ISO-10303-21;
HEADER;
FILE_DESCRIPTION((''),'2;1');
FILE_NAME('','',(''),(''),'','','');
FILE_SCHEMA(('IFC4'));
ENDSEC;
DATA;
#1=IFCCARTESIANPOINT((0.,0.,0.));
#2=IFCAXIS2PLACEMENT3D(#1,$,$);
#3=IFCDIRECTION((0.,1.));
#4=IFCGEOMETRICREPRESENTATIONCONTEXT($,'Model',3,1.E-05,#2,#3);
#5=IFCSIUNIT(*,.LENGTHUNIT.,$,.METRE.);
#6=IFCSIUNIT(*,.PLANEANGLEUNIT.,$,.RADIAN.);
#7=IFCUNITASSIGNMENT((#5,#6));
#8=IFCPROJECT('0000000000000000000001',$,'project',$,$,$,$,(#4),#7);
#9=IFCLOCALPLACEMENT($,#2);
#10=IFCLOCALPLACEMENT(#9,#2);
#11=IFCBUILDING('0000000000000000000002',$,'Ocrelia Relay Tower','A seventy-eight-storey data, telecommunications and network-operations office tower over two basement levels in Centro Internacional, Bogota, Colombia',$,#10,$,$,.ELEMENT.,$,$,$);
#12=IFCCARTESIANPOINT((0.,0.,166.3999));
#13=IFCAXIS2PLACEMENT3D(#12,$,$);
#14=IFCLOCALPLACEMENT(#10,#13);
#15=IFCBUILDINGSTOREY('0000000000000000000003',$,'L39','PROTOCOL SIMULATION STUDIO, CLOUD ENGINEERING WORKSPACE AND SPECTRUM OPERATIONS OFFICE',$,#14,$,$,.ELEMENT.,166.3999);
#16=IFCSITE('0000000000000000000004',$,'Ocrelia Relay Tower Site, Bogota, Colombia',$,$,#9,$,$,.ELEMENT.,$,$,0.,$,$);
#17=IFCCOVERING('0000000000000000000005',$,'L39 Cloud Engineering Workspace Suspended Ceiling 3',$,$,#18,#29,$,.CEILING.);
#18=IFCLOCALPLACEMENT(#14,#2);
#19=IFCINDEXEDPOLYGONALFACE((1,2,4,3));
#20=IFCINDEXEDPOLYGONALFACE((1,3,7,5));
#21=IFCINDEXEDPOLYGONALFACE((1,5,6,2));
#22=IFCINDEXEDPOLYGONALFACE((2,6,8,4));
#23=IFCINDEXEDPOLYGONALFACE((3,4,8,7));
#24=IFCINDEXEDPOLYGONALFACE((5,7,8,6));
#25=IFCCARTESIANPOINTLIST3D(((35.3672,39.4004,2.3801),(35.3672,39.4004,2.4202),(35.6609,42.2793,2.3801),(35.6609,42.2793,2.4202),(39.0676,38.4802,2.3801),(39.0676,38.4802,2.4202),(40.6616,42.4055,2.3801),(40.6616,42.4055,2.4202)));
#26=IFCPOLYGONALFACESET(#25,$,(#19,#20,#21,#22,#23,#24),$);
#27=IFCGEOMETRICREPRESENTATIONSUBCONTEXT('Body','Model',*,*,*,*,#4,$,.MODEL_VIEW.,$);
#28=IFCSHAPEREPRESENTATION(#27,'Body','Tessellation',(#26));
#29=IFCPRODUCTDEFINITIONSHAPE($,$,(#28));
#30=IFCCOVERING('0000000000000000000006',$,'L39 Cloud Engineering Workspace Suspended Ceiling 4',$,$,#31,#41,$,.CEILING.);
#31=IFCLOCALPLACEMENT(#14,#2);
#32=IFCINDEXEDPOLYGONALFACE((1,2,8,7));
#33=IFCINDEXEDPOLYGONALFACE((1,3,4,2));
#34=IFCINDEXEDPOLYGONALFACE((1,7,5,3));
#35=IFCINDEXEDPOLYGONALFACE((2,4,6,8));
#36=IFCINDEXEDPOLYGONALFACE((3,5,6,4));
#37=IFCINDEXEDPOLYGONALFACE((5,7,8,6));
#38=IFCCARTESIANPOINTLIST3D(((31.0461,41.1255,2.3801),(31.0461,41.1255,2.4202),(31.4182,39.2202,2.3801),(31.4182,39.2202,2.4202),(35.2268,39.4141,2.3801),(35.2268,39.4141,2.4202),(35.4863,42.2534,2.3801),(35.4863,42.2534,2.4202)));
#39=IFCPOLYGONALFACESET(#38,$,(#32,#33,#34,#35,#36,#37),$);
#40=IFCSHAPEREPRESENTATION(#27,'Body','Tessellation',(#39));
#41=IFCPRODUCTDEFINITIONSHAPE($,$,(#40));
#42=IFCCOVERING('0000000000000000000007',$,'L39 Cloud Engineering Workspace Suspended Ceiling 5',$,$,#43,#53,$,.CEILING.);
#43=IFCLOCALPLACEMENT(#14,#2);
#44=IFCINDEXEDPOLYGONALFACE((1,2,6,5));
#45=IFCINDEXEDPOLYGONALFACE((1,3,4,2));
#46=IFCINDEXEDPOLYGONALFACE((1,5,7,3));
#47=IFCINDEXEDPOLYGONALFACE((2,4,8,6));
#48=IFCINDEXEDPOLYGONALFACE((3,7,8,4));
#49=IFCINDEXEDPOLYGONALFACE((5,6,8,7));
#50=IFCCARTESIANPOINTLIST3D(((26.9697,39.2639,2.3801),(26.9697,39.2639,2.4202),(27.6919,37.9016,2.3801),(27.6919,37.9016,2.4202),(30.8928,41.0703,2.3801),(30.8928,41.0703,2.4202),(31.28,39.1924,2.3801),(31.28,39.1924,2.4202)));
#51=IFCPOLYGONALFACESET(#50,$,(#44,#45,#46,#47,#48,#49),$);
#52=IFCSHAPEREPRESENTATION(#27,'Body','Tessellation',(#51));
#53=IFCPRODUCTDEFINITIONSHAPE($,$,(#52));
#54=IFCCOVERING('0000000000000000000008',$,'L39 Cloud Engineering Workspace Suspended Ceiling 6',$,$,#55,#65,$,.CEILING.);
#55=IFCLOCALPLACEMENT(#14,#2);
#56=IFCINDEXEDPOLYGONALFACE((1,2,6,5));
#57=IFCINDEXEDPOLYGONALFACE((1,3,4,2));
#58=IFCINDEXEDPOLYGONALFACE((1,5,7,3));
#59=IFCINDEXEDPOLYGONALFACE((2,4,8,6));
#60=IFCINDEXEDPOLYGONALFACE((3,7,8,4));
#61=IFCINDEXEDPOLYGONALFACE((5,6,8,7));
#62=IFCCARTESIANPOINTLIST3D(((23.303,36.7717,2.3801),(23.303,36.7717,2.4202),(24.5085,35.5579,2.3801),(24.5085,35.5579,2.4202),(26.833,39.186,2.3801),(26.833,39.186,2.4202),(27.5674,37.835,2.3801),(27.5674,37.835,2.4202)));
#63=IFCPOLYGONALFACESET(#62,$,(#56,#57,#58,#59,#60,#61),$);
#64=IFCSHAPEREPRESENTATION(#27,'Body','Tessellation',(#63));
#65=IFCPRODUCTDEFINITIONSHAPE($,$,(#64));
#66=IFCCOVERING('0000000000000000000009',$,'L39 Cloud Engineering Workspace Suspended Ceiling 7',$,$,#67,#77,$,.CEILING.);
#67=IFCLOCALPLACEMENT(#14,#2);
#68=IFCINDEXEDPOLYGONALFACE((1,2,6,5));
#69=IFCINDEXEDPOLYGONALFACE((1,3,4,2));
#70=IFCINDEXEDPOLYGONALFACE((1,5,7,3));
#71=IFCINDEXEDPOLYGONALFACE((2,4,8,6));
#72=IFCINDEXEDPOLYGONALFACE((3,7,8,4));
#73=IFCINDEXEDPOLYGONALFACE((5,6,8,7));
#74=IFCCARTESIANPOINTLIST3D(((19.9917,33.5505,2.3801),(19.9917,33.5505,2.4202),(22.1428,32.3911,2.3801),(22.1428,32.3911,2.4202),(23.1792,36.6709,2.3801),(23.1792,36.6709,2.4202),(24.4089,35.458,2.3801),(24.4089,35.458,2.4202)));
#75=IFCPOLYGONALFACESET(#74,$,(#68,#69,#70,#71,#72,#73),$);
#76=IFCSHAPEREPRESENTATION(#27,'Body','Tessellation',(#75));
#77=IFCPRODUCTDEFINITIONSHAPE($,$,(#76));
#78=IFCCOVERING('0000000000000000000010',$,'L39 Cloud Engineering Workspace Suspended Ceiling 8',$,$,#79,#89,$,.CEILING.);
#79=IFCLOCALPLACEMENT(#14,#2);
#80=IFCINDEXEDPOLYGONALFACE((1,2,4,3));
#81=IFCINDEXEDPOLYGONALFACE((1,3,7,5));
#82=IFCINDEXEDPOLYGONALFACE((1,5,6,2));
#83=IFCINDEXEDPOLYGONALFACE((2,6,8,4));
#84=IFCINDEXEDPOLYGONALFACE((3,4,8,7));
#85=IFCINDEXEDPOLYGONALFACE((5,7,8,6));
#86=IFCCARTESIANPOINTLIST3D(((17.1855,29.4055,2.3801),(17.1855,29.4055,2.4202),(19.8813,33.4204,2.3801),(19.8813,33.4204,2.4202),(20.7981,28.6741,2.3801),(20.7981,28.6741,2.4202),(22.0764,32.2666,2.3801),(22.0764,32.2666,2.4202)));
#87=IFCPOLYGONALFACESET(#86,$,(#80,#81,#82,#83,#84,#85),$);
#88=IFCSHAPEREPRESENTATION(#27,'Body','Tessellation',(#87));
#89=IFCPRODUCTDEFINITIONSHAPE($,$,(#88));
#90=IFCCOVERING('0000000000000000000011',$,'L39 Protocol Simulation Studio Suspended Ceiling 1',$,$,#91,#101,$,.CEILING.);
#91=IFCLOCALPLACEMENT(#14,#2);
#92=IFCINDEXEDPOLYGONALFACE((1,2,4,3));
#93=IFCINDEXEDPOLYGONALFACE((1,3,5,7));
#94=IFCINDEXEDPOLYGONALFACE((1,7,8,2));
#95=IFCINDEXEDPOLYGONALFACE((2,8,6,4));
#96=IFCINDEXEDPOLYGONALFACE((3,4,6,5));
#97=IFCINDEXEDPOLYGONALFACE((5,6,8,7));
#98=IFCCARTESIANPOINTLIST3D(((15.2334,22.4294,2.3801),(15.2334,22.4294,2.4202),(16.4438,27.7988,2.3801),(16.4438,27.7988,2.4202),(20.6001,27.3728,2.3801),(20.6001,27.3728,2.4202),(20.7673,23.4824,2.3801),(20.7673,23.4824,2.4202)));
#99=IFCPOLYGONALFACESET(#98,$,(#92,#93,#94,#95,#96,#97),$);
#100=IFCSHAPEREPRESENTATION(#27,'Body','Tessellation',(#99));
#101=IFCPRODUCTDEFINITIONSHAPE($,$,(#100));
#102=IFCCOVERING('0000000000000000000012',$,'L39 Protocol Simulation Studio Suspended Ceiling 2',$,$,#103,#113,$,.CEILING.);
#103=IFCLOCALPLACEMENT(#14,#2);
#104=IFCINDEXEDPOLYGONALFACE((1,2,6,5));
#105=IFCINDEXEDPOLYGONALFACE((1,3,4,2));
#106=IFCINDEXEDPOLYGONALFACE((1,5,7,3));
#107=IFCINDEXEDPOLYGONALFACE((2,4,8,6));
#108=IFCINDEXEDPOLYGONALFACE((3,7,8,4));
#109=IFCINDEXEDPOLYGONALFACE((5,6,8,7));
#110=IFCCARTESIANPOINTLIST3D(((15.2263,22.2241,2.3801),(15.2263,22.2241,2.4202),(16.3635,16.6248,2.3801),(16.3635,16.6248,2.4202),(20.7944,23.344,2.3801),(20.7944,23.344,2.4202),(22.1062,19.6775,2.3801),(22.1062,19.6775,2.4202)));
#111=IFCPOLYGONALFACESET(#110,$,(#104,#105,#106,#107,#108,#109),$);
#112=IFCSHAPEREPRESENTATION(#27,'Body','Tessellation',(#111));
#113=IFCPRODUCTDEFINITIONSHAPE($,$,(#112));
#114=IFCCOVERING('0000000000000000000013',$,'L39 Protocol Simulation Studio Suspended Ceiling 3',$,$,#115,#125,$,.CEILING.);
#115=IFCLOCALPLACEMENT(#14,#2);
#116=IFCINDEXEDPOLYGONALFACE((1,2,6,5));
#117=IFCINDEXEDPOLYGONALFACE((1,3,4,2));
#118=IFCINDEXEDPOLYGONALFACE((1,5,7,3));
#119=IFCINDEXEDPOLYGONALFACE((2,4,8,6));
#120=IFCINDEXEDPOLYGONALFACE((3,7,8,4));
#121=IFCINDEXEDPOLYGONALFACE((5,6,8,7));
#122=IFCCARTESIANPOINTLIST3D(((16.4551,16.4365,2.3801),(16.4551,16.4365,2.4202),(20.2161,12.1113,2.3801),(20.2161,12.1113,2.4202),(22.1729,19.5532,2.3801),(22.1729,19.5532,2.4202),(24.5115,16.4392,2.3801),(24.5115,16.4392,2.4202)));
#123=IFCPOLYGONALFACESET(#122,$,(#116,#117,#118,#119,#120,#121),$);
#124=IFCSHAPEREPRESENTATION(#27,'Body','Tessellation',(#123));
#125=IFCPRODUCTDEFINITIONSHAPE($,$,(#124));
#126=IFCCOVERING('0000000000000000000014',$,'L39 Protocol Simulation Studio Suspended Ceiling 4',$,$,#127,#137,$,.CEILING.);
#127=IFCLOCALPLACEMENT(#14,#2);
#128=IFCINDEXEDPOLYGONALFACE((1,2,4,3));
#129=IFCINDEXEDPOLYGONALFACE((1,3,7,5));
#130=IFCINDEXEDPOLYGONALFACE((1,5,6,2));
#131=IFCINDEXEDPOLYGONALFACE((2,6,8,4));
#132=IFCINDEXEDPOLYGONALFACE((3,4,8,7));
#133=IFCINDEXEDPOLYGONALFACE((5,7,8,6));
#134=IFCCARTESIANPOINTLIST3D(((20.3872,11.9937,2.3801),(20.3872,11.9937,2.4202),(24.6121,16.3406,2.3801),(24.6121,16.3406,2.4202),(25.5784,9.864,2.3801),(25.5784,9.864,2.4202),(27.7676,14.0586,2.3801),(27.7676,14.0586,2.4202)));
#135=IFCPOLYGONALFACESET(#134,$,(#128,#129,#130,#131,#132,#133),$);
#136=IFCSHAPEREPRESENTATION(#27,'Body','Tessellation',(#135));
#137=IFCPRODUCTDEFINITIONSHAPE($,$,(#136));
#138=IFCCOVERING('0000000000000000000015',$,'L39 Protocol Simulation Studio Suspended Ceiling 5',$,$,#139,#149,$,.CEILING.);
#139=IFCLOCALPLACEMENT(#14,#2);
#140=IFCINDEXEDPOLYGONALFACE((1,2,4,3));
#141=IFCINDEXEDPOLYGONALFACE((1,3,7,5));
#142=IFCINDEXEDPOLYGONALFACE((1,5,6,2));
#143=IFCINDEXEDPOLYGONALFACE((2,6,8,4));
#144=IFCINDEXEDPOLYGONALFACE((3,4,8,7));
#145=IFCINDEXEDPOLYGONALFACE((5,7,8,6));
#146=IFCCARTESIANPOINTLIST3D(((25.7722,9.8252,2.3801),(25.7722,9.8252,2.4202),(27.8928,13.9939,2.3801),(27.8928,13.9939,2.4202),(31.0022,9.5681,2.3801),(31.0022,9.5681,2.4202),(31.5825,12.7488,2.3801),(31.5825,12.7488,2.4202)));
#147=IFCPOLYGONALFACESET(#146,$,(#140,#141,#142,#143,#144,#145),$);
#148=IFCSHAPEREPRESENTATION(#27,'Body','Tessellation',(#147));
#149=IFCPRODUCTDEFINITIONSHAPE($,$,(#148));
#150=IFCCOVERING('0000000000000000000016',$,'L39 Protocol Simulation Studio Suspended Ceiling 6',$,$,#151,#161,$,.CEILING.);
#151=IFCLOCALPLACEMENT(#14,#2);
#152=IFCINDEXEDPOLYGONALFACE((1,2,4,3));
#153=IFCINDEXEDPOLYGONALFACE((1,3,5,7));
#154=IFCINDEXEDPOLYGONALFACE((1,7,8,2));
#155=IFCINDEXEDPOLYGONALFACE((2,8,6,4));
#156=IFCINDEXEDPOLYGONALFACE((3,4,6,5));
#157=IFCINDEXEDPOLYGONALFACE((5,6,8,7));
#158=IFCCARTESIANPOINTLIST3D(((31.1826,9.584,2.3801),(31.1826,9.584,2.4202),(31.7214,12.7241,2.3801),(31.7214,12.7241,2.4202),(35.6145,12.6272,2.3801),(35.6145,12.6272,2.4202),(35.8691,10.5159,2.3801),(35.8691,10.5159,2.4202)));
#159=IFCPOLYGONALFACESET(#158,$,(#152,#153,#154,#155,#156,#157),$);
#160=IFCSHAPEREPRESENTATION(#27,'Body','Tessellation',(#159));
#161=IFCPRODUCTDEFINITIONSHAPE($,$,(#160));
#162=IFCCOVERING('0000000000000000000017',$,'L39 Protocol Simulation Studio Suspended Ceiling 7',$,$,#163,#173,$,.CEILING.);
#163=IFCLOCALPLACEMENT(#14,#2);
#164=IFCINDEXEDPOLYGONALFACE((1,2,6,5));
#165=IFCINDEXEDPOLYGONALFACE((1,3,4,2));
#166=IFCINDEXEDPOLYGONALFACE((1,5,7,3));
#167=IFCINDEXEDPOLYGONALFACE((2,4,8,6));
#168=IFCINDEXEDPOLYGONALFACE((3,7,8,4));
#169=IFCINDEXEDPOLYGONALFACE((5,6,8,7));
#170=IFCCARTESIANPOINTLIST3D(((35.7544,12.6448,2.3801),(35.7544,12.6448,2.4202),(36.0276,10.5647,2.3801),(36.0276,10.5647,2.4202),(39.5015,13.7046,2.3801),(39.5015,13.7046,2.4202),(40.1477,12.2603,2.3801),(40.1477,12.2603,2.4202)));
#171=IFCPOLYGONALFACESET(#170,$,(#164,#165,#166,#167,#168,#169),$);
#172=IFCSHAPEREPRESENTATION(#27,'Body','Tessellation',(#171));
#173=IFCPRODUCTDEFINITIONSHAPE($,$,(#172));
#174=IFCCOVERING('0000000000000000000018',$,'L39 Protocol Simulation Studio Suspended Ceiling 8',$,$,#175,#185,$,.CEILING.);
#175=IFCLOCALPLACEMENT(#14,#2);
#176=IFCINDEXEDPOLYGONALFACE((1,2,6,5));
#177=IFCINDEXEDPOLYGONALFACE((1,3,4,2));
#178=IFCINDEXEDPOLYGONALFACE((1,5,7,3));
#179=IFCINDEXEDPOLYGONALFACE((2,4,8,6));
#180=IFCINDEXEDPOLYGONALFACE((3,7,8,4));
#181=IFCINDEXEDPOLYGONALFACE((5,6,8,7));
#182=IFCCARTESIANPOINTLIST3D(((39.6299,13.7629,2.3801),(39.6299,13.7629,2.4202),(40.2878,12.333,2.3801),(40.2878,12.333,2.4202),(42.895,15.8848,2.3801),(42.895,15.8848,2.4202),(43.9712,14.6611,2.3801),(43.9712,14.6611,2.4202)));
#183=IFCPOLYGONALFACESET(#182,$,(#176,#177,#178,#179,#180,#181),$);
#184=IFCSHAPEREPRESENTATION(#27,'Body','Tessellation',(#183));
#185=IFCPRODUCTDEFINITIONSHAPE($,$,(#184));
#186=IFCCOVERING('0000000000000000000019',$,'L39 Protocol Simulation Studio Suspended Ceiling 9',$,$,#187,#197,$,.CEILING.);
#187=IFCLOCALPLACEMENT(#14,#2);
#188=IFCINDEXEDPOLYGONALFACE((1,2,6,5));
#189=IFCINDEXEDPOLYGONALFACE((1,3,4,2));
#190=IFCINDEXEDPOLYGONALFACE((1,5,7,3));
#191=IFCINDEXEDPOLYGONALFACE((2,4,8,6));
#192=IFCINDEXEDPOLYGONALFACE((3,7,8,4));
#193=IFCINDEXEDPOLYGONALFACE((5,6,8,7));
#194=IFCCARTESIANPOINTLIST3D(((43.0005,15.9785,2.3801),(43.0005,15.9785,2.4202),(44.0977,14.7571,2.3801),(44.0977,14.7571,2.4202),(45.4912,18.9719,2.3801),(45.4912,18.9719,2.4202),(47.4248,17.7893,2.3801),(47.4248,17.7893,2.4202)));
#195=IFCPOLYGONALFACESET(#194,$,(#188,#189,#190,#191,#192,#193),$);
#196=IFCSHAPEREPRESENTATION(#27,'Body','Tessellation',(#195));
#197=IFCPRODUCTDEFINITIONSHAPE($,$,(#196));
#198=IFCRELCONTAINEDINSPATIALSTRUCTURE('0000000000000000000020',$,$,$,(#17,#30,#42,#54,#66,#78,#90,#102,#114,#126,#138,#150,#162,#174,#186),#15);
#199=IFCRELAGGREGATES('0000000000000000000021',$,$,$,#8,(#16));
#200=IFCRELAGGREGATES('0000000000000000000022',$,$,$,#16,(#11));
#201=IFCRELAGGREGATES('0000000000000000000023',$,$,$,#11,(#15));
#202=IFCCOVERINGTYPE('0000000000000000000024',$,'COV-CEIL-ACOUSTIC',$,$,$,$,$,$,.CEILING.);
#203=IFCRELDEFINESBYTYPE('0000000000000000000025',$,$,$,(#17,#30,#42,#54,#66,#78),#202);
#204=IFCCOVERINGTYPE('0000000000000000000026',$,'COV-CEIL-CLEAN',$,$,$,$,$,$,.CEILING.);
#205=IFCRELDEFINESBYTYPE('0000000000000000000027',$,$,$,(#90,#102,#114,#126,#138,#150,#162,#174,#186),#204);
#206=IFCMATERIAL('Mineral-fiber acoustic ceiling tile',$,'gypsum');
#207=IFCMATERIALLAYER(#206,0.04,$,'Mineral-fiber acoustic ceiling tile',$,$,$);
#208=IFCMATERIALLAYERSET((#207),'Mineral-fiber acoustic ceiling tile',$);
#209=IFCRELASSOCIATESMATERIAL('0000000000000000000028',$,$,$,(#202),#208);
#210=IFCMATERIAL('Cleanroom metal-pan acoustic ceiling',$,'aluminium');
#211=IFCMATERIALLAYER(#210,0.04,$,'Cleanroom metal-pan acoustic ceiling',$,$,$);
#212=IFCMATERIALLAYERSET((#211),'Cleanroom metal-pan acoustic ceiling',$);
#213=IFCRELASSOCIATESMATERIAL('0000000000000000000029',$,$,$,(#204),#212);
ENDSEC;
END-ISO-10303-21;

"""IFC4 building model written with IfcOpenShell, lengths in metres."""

from ifc_helpers import new_model, si_unit, direction, frame, origin, place, context, subcontext, project, spatial, polyline, outline, extrude, material, layer, layer_set, type_object, element, save


model = new_model("IFC4")

# Units and contexts
model_context = context("Model", 3, precision=1e-05, world=origin(), true_north=direction((0.0, 1.0)))
body_context = subcontext(model_context, "Body", "Model", "MODEL_VIEW")
ifc_project = project(units=[si_unit("LENGTHUNIT", "METRE"), si_unit("PLANEANGLEUNIT", "RADIAN")], contexts=[model_context])

# Site, building, storey
site_placement = place(None, origin())
site = spatial("IfcSite", under=ifc_project, at=site_placement, Name="Ocrelia Relay Tower Site, Bogota, Colombia", CompositionType="ELEMENT", RefElevation=0.0)
building_placement = place(site_placement, origin())
building = spatial("IfcBuilding", under=site, at=building_placement, Name="Ocrelia Relay Tower", Description="A seventy-eight-storey data, telecommunications and network-operations office tower over two basement levels in Centro Internacional, Bogota, Colombia", CompositionType="ELEMENT")
storey_placement = place(building_placement, frame((0.0, 0.0, 166.3999)))
storey = spatial("IfcBuildingStorey", under=building, at=storey_placement, Name="L39", Description="PROTOCOL SIMULATION STUDIO, CLOUD ENGINEERING WORKSPACE AND SPECTRUM OPERATIONS OFFICE", CompositionType="ELEMENT", Elevation=166.3999)

# Coverings
ifc_material_1 = material(Name="Mineral-fiber acoustic ceiling tile", Category="gypsum")
ifc_layer_1 = layer(ifc_material_1, 0.04, Name="Mineral-fiber acoustic ceiling tile")
ifc_layer_set_1 = layer_set([ifc_layer_1], Name="Mineral-fiber acoustic ceiling tile")
covering_type_1 = type_object("IfcCoveringType", Name="COV-CEIL-ACOUSTIC", PredefinedType="CEILING", material=ifc_layer_set_1)
covering_1_placement = place(storey_placement, frame((0.0, 0.0, 2.3801)))
element("IfcCovering", 1, at=covering_1_placement, inside=storey, type_object=covering_type_1, Name="L39 Cloud Engineering Workspace Suspended Ceiling 3", PredefinedType="CEILING", context=body_context, shape_type="SweptSolid", body=[
    extrude(outline(polyline([(39.0676, 38.4802), (40.6616, 42.4055), (35.6609, 42.2793), (35.3672, 39.4004), (39.0676, 38.4802)])), origin(), (0.0, 0.0, 1.0), 0.04),
])
covering_2_placement = place(storey_placement, frame((0.0, 0.0, 2.3801)))
element("IfcCovering", 2, at=covering_2_placement, inside=storey, type_object=covering_type_1, Name="L39 Cloud Engineering Workspace Suspended Ceiling 4", PredefinedType="CEILING", context=body_context, shape_type="SweptSolid", body=[
    extrude(outline(polyline([(35.2268, 39.4141), (35.4863, 42.2534), (31.0461, 41.1255), (31.4182, 39.2202), (35.2268, 39.4141)])), origin(), (0.0, 0.0, 1.0), 0.04),
])
covering_3_placement = place(storey_placement, frame((0.0, 0.0, 2.3801)))
element("IfcCovering", 3, at=covering_3_placement, inside=storey, type_object=covering_type_1, Name="L39 Cloud Engineering Workspace Suspended Ceiling 5", PredefinedType="CEILING", context=body_context, shape_type="SweptSolid", body=[
    extrude(outline(polyline([(31.28, 39.1924), (30.8928, 41.0703), (26.9697, 39.2639), (27.6919, 37.9016), (31.28, 39.1924)])), origin(), (0.0, 0.0, 1.0), 0.04),
])
covering_4_placement = place(storey_placement, frame((0.0, 0.0, 2.3801)))
element("IfcCovering", 4, at=covering_4_placement, inside=storey, type_object=covering_type_1, Name="L39 Cloud Engineering Workspace Suspended Ceiling 6", PredefinedType="CEILING", context=body_context, shape_type="SweptSolid", body=[
    extrude(outline(polyline([(27.5674, 37.835), (26.833, 39.186), (23.303, 36.7717), (24.5085, 35.5579), (27.5674, 37.835)])), origin(), (0.0, 0.0, 1.0), 0.04),
])
covering_5_placement = place(storey_placement, frame((0.0, 0.0, 2.3801)))
element("IfcCovering", 5, at=covering_5_placement, inside=storey, type_object=covering_type_1, Name="L39 Cloud Engineering Workspace Suspended Ceiling 7", PredefinedType="CEILING", context=body_context, shape_type="SweptSolid", body=[
    extrude(outline(polyline([(24.4089, 35.458), (23.1792, 36.6709), (19.9917, 33.5505), (22.1428, 32.3911), (24.4089, 35.458)])), origin(), (0.0, 0.0, 1.0), 0.04),
])
covering_6_placement = place(storey_placement, frame((0.0, 0.0, 2.3801)))
element("IfcCovering", 6, at=covering_6_placement, inside=storey, type_object=covering_type_1, Name="L39 Cloud Engineering Workspace Suspended Ceiling 8", PredefinedType="CEILING", context=body_context, shape_type="SweptSolid", body=[
    extrude(outline(polyline([(22.0764, 32.2666), (19.8813, 33.4204), (17.1855, 29.4055), (20.7981, 28.6741), (22.0764, 32.2666)])), origin(), (0.0, 0.0, 1.0), 0.04),
])
ifc_material_2 = material(Name="Cleanroom metal-pan acoustic ceiling", Category="aluminium")
ifc_layer_2 = layer(ifc_material_2, 0.04, Name="Cleanroom metal-pan acoustic ceiling")
ifc_layer_set_2 = layer_set([ifc_layer_2], Name="Cleanroom metal-pan acoustic ceiling")
covering_type_2 = type_object("IfcCoveringType", Name="COV-CEIL-CLEAN", PredefinedType="CEILING", material=ifc_layer_set_2)
covering_7_placement = place(storey_placement, frame((0.0, 0.0, 2.3801)))
element("IfcCovering", 7, at=covering_7_placement, inside=storey, type_object=covering_type_2, Name="L39 Protocol Simulation Studio Suspended Ceiling 1", PredefinedType="CEILING", context=body_context, shape_type="SweptSolid", body=[
    extrude(outline(polyline([(20.6001, 27.3728), (16.4438, 27.7988), (15.2334, 22.4294), (20.7673, 23.4824), (20.6001, 27.3728)])), origin(), (0.0, 0.0, 1.0), 0.04),
])
covering_8_placement = place(storey_placement, frame((0.0, 0.0, 2.3801)))
element("IfcCovering", 8, at=covering_8_placement, inside=storey, type_object=covering_type_2, Name="L39 Protocol Simulation Studio Suspended Ceiling 2", PredefinedType="CEILING", context=body_context, shape_type="SweptSolid", body=[
    extrude(outline(polyline([(20.7944, 23.344), (15.2263, 22.2241), (16.3635, 16.6248), (22.1062, 19.6775), (20.7944, 23.344)])), origin(), (0.0, 0.0, 1.0), 0.04),
])
covering_9_placement = place(storey_placement, frame((0.0, 0.0, 2.3801)))
element("IfcCovering", 9, at=covering_9_placement, inside=storey, type_object=covering_type_2, Name="L39 Protocol Simulation Studio Suspended Ceiling 3", PredefinedType="CEILING", context=body_context, shape_type="SweptSolid", body=[
    extrude(outline(polyline([(22.1729, 19.5532), (16.4551, 16.4365), (20.2161, 12.1113), (24.5115, 16.4392), (22.1729, 19.5532)])), origin(), (0.0, 0.0, 1.0), 0.04),
])
covering_10_placement = place(storey_placement, frame((0.0, 0.0, 2.3801)))
element("IfcCovering", 10, at=covering_10_placement, inside=storey, type_object=covering_type_2, Name="L39 Protocol Simulation Studio Suspended Ceiling 4", PredefinedType="CEILING", context=body_context, shape_type="SweptSolid", body=[
    extrude(outline(polyline([(24.6121, 16.3406), (20.3872, 11.9937), (25.5784, 9.864), (27.7676, 14.0586), (24.6121, 16.3406)])), origin(), (0.0, 0.0, 1.0), 0.04),
])
covering_11_placement = place(storey_placement, frame((0.0, 0.0, 2.3801)))
element("IfcCovering", 11, at=covering_11_placement, inside=storey, type_object=covering_type_2, Name="L39 Protocol Simulation Studio Suspended Ceiling 5", PredefinedType="CEILING", context=body_context, shape_type="SweptSolid", body=[
    extrude(outline(polyline([(27.8928, 13.9939), (25.7722, 9.8252), (31.0022, 9.5681), (31.5825, 12.7488), (27.8928, 13.9939)])), origin(), (0.0, 0.0, 1.0), 0.04),
])
covering_12_placement = place(storey_placement, frame((0.0, 0.0, 2.3801)))
element("IfcCovering", 12, at=covering_12_placement, inside=storey, type_object=covering_type_2, Name="L39 Protocol Simulation Studio Suspended Ceiling 6", PredefinedType="CEILING", context=body_context, shape_type="SweptSolid", body=[
    extrude(outline(polyline([(31.7214, 12.7241), (31.1826, 9.584), (35.8691, 10.5159), (35.6145, 12.6272), (31.7214, 12.7241)])), origin(), (0.0, 0.0, 1.0), 0.04),
])
covering_13_placement = place(storey_placement, frame((0.0, 0.0, 2.3801)))
element("IfcCovering", 13, at=covering_13_placement, inside=storey, type_object=covering_type_2, Name="L39 Protocol Simulation Studio Suspended Ceiling 7", PredefinedType="CEILING", context=body_context, shape_type="SweptSolid", body=[
    extrude(outline(polyline([(35.7544, 12.6448), (36.0276, 10.5647), (40.1477, 12.2603), (39.5015, 13.7046), (35.7544, 12.6448)])), origin(), (0.0, 0.0, 1.0), 0.04),
])
covering_14_placement = place(storey_placement, frame((0.0, 0.0, 2.3801)))
element("IfcCovering", 14, at=covering_14_placement, inside=storey, type_object=covering_type_2, Name="L39 Protocol Simulation Studio Suspended Ceiling 8", PredefinedType="CEILING", context=body_context, shape_type="SweptSolid", body=[
    extrude(outline(polyline([(39.6299, 13.7629), (40.2878, 12.333), (43.9712, 14.6611), (42.895, 15.8848), (39.6299, 13.7629)])), origin(), (0.0, 0.0, 1.0), 0.04),
])
covering_15_placement = place(storey_placement, frame((0.0, 0.0, 2.3801)))
element("IfcCovering", 15, at=covering_15_placement, inside=storey, type_object=covering_type_2, Name="L39 Protocol Simulation Studio Suspended Ceiling 9", PredefinedType="CEILING", context=body_context, shape_type="SweptSolid", body=[
    extrude(outline(polyline([(43.0005, 15.9785), (44.0977, 14.7571), (47.4248, 17.7893), (45.4912, 18.9719), (43.0005, 15.9785)])), origin(), (0.0, 0.0, 1.0), 0.04),
])

save(model, "model.ifc")
